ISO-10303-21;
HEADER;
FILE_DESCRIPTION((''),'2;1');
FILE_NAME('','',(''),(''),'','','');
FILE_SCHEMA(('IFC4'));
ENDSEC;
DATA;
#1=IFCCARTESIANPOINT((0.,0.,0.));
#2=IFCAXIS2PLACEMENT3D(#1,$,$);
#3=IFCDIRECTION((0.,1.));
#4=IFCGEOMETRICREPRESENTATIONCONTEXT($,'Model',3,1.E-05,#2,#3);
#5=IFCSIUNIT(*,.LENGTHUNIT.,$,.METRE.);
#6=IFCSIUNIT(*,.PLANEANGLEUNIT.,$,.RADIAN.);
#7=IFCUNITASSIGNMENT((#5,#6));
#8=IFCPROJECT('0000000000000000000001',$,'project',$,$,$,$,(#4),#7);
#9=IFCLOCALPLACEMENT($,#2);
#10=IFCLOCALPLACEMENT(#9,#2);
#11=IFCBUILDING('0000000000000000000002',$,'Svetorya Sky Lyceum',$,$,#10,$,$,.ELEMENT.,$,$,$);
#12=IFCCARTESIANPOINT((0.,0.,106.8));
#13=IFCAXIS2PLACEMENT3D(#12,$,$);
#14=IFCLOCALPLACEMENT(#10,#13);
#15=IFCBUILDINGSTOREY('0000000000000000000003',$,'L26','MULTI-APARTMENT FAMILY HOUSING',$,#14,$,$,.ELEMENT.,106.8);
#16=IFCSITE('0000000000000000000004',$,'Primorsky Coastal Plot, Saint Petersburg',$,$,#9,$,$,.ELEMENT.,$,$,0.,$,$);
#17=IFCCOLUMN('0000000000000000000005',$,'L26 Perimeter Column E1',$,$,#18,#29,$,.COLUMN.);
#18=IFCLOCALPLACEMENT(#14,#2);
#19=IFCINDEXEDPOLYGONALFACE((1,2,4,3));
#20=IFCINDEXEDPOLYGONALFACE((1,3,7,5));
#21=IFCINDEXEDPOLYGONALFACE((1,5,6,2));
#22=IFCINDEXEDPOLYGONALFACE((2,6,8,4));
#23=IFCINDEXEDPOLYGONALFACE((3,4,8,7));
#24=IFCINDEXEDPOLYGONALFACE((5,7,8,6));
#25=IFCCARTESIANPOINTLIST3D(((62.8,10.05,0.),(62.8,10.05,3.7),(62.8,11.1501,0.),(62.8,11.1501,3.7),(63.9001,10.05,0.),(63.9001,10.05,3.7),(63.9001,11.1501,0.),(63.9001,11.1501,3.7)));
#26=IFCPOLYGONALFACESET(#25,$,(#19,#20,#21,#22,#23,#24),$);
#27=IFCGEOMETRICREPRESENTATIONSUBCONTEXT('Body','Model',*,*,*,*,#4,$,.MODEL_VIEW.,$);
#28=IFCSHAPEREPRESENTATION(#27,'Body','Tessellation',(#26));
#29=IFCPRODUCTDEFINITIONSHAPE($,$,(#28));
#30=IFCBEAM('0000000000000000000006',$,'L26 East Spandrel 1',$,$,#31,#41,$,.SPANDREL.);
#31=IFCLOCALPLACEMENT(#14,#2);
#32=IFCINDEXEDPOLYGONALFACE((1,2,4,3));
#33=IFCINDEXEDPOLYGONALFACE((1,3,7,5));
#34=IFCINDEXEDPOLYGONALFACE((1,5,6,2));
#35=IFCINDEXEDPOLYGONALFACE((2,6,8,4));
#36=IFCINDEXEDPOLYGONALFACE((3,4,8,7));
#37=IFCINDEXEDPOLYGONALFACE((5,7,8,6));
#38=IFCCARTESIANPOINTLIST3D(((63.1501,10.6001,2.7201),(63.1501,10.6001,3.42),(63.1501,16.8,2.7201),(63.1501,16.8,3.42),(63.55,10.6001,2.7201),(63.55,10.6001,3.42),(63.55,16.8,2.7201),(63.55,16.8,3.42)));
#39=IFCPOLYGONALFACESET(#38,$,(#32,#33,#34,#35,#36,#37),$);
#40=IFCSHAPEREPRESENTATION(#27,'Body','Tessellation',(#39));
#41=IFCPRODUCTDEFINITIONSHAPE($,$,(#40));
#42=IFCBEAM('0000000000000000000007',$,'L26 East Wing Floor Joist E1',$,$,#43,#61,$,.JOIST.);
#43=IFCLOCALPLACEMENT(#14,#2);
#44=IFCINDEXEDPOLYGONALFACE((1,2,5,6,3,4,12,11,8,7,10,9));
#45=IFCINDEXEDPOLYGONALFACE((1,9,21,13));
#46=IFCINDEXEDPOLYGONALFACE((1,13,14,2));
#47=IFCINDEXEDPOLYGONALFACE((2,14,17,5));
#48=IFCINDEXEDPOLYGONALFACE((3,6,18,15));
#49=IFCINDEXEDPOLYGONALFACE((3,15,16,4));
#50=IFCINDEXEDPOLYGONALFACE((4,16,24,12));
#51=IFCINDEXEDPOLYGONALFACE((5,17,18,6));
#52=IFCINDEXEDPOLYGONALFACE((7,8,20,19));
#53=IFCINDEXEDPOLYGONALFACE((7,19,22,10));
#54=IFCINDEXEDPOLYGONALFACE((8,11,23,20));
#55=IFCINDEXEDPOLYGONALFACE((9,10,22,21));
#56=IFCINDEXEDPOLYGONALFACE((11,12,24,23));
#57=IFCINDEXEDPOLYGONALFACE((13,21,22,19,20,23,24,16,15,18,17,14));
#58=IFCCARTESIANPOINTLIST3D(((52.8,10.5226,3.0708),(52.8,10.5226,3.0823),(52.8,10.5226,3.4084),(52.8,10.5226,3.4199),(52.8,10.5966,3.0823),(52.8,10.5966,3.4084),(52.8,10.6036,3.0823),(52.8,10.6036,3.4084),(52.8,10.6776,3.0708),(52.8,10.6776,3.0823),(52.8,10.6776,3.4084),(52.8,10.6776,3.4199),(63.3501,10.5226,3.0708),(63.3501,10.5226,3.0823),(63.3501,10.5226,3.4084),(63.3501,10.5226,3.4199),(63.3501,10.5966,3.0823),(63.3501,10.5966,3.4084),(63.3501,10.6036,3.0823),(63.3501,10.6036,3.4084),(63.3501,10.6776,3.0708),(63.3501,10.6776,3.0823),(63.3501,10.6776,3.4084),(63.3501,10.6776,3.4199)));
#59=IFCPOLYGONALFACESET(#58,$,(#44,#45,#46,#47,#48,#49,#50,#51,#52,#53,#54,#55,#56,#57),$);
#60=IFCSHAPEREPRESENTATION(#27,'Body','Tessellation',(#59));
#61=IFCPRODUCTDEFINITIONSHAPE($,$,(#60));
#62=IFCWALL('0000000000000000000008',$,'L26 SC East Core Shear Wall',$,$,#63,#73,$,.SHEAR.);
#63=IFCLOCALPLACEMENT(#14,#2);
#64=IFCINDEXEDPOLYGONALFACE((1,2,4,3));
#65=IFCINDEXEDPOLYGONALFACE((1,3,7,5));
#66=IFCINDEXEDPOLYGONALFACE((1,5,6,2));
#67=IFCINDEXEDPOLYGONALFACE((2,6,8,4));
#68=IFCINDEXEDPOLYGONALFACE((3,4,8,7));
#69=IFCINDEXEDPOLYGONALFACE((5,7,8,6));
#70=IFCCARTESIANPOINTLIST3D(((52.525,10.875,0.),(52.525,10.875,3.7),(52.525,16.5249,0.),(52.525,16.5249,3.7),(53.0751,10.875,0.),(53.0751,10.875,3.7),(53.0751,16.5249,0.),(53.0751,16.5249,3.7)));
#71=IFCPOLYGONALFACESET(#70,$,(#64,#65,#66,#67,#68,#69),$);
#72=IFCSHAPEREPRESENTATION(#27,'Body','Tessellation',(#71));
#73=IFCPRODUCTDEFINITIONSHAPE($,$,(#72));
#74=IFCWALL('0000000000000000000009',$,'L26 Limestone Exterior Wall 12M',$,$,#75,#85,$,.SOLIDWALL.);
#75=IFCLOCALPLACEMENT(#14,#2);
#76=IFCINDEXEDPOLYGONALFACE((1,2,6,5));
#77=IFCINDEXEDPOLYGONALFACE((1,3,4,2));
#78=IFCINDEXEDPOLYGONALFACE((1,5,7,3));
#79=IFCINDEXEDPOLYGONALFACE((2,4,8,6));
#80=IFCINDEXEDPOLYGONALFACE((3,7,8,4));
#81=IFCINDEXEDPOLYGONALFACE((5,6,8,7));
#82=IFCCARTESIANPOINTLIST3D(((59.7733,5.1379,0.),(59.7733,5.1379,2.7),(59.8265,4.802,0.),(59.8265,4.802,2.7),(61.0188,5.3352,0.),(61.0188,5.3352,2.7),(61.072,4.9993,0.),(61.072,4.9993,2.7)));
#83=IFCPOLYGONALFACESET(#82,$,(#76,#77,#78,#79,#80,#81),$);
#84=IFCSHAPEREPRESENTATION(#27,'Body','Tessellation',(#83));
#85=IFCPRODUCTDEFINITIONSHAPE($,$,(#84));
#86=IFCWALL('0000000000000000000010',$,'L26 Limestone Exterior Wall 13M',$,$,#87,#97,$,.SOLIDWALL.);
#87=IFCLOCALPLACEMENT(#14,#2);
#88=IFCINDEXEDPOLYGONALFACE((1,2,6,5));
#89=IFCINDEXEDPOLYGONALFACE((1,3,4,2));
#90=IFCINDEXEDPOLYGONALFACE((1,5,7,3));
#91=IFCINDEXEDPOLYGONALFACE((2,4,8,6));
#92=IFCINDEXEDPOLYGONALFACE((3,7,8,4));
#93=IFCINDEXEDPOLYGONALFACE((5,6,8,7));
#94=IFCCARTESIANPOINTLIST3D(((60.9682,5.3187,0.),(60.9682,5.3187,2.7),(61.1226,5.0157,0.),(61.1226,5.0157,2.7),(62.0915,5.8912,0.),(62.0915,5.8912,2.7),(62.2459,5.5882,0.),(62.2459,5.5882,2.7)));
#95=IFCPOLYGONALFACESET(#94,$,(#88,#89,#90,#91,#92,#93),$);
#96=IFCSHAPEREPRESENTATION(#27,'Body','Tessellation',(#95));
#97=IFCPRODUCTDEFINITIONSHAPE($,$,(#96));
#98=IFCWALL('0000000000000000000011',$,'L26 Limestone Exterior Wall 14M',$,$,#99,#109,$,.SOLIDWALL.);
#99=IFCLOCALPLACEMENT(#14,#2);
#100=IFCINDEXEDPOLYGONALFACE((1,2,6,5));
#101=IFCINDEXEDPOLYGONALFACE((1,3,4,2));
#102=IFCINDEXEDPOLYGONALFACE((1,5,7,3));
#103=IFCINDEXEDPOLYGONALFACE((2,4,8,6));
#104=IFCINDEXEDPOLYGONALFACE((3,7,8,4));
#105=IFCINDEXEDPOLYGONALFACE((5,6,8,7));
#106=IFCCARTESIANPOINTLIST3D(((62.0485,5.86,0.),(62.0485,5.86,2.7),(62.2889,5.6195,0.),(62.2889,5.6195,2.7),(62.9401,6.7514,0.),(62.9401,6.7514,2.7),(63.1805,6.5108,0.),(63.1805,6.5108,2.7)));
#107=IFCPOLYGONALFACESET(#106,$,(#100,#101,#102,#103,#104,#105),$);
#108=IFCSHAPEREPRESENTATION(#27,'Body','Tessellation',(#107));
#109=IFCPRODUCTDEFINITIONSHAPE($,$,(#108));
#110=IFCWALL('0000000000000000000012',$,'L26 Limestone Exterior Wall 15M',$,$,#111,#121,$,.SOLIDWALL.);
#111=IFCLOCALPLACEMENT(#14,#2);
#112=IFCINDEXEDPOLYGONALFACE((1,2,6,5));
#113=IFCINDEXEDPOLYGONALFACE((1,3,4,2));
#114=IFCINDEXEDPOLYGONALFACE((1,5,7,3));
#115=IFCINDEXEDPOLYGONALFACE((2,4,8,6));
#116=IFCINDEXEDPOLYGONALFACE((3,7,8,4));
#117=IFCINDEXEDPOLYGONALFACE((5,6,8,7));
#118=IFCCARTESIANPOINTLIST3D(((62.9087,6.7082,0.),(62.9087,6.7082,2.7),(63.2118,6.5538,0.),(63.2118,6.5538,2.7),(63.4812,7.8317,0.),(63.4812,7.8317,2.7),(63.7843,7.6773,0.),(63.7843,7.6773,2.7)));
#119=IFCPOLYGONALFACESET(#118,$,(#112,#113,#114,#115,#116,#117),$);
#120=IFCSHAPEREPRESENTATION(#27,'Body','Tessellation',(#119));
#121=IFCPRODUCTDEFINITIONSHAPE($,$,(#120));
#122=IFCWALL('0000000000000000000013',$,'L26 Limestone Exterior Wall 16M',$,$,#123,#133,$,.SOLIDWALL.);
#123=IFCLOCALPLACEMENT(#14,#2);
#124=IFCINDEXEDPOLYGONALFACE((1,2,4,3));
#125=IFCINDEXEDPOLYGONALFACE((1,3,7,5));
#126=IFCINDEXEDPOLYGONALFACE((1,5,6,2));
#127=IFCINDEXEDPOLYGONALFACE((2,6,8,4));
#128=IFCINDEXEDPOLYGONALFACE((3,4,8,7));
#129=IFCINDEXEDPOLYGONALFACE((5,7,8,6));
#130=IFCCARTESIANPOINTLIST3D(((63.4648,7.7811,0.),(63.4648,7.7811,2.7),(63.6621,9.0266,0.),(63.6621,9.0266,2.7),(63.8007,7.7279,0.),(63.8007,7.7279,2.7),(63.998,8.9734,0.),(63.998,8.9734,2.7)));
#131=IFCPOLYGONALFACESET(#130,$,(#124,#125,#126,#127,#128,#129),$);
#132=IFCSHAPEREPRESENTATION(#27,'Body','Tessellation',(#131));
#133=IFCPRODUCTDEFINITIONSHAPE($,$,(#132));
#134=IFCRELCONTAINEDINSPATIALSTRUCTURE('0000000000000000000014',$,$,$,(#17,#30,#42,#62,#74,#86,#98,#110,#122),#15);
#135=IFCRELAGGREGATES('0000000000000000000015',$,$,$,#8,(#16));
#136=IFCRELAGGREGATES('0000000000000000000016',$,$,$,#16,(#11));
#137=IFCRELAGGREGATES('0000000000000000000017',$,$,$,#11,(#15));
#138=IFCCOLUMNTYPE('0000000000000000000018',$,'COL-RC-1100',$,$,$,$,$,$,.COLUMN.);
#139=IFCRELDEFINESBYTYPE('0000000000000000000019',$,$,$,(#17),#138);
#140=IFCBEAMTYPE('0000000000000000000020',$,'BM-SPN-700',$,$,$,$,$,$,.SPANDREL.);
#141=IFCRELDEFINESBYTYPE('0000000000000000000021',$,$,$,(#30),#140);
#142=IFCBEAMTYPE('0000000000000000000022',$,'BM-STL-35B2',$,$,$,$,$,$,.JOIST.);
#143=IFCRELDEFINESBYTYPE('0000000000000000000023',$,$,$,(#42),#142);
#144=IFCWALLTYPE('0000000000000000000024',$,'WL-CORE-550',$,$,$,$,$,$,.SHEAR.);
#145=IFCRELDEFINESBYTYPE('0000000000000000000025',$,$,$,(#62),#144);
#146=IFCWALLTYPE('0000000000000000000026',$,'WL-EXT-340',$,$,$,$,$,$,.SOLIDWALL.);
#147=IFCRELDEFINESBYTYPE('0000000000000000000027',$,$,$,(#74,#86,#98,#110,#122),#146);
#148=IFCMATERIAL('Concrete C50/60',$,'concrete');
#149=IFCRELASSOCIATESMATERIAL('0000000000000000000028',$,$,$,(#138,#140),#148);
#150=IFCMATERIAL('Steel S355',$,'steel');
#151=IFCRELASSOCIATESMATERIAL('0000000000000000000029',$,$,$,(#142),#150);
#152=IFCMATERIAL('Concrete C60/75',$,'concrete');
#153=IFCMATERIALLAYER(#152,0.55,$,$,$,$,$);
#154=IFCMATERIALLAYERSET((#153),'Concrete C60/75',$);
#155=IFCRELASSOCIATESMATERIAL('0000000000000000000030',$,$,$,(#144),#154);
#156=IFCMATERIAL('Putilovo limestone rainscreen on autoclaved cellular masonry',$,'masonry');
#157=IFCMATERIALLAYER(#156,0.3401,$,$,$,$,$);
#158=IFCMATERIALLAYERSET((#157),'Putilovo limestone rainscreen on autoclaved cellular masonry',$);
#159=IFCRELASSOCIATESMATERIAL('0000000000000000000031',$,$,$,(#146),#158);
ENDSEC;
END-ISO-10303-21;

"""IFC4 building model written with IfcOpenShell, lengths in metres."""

from ifc_helpers import new_model, si_unit, direction, frame, frame_2d, origin, origin_2d, place, context, subcontext, project, spatial, rectangle, i_section, extrude, material, layer, layer_set, material_profile, profile_set, type_object, element, save


model = new_model("IFC4")

# Units and contexts
model_context = context("Model", 3, precision=1e-05, world=origin(), true_north=direction((0.0, 1.0)))
body_context = subcontext(model_context, "Body", "Model", "MODEL_VIEW")
ifc_project = project(units=[si_unit("LENGTHUNIT", "METRE"), si_unit("PLANEANGLEUNIT", "RADIAN")], contexts=[model_context])

# Site, building, storey
site_placement = place(None, origin())
site = spatial("IfcSite", under=ifc_project, at=site_placement, Name="Primorsky Coastal Plot, Saint Petersburg", CompositionType="ELEMENT", RefElevation=0.0)
building_placement = place(site_placement, origin())
building = spatial("IfcBuilding", under=site, at=building_placement, Name="Svetorya Sky Lyceum", CompositionType="ELEMENT")
storey_placement = place(building_placement, frame((0.0, 0.0, 106.8)))
storey = spatial("IfcBuildingStorey", under=building, at=storey_placement, Name="L26", Description="MULTI-APARTMENT FAMILY HOUSING", CompositionType="ELEMENT", Elevation=106.8)

# Column
ifc_material_1 = material(Name="Concrete C50/60", Category="concrete")
ifc_material_profile_1 = material_profile(ifc_material_1, rectangle(XDim=1.1001, YDim=1.1001, at=origin_2d()), Name="RC COL 1100x1100")
ifc_profile_set_1 = profile_set([ifc_material_profile_1], Name="Concrete C50/60")
column_type = type_object("IfcColumnType", Name="COL-RC-1100", PredefinedType="COLUMN", material=ifc_profile_set_1)
column_placement = place(storey_placement, frame((63.3501, 10.6001, 0.0), z_axis=(0.0, 0.0, 1.0), x_axis=(1.0, 0.0, 0.0)))
element("IfcColumn", 1, at=column_placement, inside=storey, type_object=column_type, Name="L26 Perimeter Column E1", PredefinedType="COLUMN", context=body_context, shape_type="SweptSolid", body=[
    extrude(rectangle(XDim=1.1001, YDim=1.1001, at=origin_2d()), origin(), (0.0, 0.0, 1.0), 3.7),
])

# Beams
ifc_material_profile_2 = material_profile(ifc_material_1, rectangle(XDim=0.3999, YDim=0.7, at=origin_2d()), Name="RC SPANDREL 400x700")
ifc_profile_set_2 = profile_set([ifc_material_profile_2], Name="Concrete C50/60")
beam_type_1 = type_object("IfcBeamType", Name="BM-SPN-700", PredefinedType="SPANDREL", material=ifc_profile_set_2)
beam_1_placement = place(storey_placement, frame((63.3501, 10.6001, 3.0701), z_axis=(0.0, 1.0, 0.0), x_axis=(-1.0, 0.0, 0.0)))
element("IfcBeam", 2, at=beam_1_placement, inside=storey, type_object=beam_type_1, Name="L26 East Spandrel 1", PredefinedType="SPANDREL", context=body_context, shape_type="SweptSolid", body=[
    extrude(rectangle(XDim=0.3999, YDim=0.7, at=origin_2d()), origin(), (0.0, 0.0, 1.0), 6.2),
])
ifc_material_2 = material(Name="Steel S355", Category="steel")
ifc_material_profile_3 = material_profile(ifc_material_2, i_section(OverallWidth=0.155, OverallDepth=0.3491, WebThickness=0.0071, FlangeThickness=0.0115, at=origin_2d()), Name="GOST 35B2")
ifc_profile_set_3 = profile_set([ifc_material_profile_3], Name="Steel S355")
beam_type_2 = type_object("IfcBeamType", Name="BM-STL-35B2", PredefinedType="JOIST", material=ifc_profile_set_3)
beam_2_placement = place(storey_placement, frame((52.8, 10.6001, 3.2454), z_axis=(1.0, 0.0, 0.0), x_axis=(0.0, 1.0, 0.0)))
element("IfcBeam", 3, at=beam_2_placement, inside=storey, type_object=beam_type_2, Name="L26 East Wing Floor Joist E1", PredefinedType="JOIST", context=body_context, shape_type="SweptSolid", body=[
    extrude(i_section(OverallWidth=0.155, OverallDepth=0.3491, WebThickness=0.0071, FlangeThickness=0.0115, at=origin_2d()), origin(), (0.0, 0.0, 1.0), 10.55),
])

# Walls
ifc_material_3 = material(Name="Concrete C60/75", Category="concrete")
ifc_layer_1 = layer(ifc_material_3, 0.55)
ifc_layer_set_1 = layer_set([ifc_layer_1], Name="Concrete C60/75")
wall_type_1 = type_object("IfcWallType", Name="WL-CORE-550", PredefinedType="SHEAR", material=ifc_layer_set_1)
wall_1_placement = place(storey_placement, frame((52.8, 10.875, 0.0), z_axis=(0.0, 0.0, 1.0), x_axis=(0.0, 1.0, 0.0)))
element("IfcWall", 4, at=wall_1_placement, inside=storey, type_object=wall_type_1, Name="L26 SC East Core Shear Wall", PredefinedType="SHEAR", context=body_context, shape_type="SweptSolid", body=[
    extrude(rectangle(XDim=5.6499, YDim=0.55, at=frame_2d((2.825, 0.0))), origin(), (0.0, 0.0, 1.0), 3.7),
])
ifc_material_4 = material(Name="Putilovo limestone rainscreen on autoclaved cellular masonry", Category="masonry")
ifc_layer_2 = layer(ifc_material_4, 0.3401)
ifc_layer_set_2 = layer_set([ifc_layer_2], Name="Putilovo limestone rainscreen on autoclaved cellular masonry")
wall_type_2 = type_object("IfcWallType", Name="WL-EXT-340", PredefinedType="SOLIDWALL", material=ifc_layer_set_2)
wall_2_placement = place(storey_placement, frame((59.8, 4.97, 0.0), z_axis=(0.0, 0.0, 1.0), x_axis=(0.987686, 0.15645, 0.0)))
element("IfcWall", 5, at=wall_2_placement, inside=storey, type_object=wall_type_2, Name="L26 Limestone Exterior Wall 12M", PredefinedType="SOLIDWALL", context=body_context, shape_type="SweptSolid", body=[
    extrude(rectangle(XDim=1.261, YDim=0.3401, at=frame_2d((0.6304, 0.0))), origin(), (0.0, 0.0, 1.0), 2.7),
])
for number, where, z_axis, x_axis, name in (
    (6, (61.0454, 5.1672, 0.0), (0.0, 0.0, 1.0), (0.890954, 0.454094, 0.0), "L26 Limestone Exterior Wall 13M"),
    (7, (62.1687, 5.7397, 0.0), (0.0, 0.0, 1.0), (0.707204, 0.70701, 0.0), "L26 Limestone Exterior Wall 14M"),
):
    element("IfcWall", number, at=place(storey_placement, frame(where, z_axis=z_axis, x_axis=x_axis)), inside=storey, type_object=wall_type_2, Name=name, PredefinedType="SOLIDWALL", context=body_context, shape_type="SweptSolid", body=[
        extrude(rectangle(XDim=1.2607, YDim=0.3401, at=frame_2d((0.6304, 0.0))), origin(), (0.0, 0.0, 1.0), 2.7),
    ])
for number, where, z_axis, x_axis, name in (
    (8, (63.0603, 6.6311, 0.0), (0.0, 0.0, 1.0), (0.454016, 0.890994, 0.0), "L26 Limestone Exterior Wall 15M"),
    (9, (63.6328, 7.7546, 0.0), (0.0, 0.0, 1.0), (0.15645, 0.987686, 0.0), "L26 Limestone Exterior Wall 16M"),
):
    element("IfcWall", number, at=place(storey_placement, frame(where, z_axis=z_axis, x_axis=x_axis)), inside=storey, type_object=wall_type_2, Name=name, PredefinedType="SOLIDWALL", context=body_context, shape_type="SweptSolid", body=[
        extrude(rectangle(XDim=1.261, YDim=0.3401, at=frame_2d((0.6304, 0.0))), origin(), (0.0, 0.0, 1.0), 2.7),
    ])

save(model, "model.ifc")
